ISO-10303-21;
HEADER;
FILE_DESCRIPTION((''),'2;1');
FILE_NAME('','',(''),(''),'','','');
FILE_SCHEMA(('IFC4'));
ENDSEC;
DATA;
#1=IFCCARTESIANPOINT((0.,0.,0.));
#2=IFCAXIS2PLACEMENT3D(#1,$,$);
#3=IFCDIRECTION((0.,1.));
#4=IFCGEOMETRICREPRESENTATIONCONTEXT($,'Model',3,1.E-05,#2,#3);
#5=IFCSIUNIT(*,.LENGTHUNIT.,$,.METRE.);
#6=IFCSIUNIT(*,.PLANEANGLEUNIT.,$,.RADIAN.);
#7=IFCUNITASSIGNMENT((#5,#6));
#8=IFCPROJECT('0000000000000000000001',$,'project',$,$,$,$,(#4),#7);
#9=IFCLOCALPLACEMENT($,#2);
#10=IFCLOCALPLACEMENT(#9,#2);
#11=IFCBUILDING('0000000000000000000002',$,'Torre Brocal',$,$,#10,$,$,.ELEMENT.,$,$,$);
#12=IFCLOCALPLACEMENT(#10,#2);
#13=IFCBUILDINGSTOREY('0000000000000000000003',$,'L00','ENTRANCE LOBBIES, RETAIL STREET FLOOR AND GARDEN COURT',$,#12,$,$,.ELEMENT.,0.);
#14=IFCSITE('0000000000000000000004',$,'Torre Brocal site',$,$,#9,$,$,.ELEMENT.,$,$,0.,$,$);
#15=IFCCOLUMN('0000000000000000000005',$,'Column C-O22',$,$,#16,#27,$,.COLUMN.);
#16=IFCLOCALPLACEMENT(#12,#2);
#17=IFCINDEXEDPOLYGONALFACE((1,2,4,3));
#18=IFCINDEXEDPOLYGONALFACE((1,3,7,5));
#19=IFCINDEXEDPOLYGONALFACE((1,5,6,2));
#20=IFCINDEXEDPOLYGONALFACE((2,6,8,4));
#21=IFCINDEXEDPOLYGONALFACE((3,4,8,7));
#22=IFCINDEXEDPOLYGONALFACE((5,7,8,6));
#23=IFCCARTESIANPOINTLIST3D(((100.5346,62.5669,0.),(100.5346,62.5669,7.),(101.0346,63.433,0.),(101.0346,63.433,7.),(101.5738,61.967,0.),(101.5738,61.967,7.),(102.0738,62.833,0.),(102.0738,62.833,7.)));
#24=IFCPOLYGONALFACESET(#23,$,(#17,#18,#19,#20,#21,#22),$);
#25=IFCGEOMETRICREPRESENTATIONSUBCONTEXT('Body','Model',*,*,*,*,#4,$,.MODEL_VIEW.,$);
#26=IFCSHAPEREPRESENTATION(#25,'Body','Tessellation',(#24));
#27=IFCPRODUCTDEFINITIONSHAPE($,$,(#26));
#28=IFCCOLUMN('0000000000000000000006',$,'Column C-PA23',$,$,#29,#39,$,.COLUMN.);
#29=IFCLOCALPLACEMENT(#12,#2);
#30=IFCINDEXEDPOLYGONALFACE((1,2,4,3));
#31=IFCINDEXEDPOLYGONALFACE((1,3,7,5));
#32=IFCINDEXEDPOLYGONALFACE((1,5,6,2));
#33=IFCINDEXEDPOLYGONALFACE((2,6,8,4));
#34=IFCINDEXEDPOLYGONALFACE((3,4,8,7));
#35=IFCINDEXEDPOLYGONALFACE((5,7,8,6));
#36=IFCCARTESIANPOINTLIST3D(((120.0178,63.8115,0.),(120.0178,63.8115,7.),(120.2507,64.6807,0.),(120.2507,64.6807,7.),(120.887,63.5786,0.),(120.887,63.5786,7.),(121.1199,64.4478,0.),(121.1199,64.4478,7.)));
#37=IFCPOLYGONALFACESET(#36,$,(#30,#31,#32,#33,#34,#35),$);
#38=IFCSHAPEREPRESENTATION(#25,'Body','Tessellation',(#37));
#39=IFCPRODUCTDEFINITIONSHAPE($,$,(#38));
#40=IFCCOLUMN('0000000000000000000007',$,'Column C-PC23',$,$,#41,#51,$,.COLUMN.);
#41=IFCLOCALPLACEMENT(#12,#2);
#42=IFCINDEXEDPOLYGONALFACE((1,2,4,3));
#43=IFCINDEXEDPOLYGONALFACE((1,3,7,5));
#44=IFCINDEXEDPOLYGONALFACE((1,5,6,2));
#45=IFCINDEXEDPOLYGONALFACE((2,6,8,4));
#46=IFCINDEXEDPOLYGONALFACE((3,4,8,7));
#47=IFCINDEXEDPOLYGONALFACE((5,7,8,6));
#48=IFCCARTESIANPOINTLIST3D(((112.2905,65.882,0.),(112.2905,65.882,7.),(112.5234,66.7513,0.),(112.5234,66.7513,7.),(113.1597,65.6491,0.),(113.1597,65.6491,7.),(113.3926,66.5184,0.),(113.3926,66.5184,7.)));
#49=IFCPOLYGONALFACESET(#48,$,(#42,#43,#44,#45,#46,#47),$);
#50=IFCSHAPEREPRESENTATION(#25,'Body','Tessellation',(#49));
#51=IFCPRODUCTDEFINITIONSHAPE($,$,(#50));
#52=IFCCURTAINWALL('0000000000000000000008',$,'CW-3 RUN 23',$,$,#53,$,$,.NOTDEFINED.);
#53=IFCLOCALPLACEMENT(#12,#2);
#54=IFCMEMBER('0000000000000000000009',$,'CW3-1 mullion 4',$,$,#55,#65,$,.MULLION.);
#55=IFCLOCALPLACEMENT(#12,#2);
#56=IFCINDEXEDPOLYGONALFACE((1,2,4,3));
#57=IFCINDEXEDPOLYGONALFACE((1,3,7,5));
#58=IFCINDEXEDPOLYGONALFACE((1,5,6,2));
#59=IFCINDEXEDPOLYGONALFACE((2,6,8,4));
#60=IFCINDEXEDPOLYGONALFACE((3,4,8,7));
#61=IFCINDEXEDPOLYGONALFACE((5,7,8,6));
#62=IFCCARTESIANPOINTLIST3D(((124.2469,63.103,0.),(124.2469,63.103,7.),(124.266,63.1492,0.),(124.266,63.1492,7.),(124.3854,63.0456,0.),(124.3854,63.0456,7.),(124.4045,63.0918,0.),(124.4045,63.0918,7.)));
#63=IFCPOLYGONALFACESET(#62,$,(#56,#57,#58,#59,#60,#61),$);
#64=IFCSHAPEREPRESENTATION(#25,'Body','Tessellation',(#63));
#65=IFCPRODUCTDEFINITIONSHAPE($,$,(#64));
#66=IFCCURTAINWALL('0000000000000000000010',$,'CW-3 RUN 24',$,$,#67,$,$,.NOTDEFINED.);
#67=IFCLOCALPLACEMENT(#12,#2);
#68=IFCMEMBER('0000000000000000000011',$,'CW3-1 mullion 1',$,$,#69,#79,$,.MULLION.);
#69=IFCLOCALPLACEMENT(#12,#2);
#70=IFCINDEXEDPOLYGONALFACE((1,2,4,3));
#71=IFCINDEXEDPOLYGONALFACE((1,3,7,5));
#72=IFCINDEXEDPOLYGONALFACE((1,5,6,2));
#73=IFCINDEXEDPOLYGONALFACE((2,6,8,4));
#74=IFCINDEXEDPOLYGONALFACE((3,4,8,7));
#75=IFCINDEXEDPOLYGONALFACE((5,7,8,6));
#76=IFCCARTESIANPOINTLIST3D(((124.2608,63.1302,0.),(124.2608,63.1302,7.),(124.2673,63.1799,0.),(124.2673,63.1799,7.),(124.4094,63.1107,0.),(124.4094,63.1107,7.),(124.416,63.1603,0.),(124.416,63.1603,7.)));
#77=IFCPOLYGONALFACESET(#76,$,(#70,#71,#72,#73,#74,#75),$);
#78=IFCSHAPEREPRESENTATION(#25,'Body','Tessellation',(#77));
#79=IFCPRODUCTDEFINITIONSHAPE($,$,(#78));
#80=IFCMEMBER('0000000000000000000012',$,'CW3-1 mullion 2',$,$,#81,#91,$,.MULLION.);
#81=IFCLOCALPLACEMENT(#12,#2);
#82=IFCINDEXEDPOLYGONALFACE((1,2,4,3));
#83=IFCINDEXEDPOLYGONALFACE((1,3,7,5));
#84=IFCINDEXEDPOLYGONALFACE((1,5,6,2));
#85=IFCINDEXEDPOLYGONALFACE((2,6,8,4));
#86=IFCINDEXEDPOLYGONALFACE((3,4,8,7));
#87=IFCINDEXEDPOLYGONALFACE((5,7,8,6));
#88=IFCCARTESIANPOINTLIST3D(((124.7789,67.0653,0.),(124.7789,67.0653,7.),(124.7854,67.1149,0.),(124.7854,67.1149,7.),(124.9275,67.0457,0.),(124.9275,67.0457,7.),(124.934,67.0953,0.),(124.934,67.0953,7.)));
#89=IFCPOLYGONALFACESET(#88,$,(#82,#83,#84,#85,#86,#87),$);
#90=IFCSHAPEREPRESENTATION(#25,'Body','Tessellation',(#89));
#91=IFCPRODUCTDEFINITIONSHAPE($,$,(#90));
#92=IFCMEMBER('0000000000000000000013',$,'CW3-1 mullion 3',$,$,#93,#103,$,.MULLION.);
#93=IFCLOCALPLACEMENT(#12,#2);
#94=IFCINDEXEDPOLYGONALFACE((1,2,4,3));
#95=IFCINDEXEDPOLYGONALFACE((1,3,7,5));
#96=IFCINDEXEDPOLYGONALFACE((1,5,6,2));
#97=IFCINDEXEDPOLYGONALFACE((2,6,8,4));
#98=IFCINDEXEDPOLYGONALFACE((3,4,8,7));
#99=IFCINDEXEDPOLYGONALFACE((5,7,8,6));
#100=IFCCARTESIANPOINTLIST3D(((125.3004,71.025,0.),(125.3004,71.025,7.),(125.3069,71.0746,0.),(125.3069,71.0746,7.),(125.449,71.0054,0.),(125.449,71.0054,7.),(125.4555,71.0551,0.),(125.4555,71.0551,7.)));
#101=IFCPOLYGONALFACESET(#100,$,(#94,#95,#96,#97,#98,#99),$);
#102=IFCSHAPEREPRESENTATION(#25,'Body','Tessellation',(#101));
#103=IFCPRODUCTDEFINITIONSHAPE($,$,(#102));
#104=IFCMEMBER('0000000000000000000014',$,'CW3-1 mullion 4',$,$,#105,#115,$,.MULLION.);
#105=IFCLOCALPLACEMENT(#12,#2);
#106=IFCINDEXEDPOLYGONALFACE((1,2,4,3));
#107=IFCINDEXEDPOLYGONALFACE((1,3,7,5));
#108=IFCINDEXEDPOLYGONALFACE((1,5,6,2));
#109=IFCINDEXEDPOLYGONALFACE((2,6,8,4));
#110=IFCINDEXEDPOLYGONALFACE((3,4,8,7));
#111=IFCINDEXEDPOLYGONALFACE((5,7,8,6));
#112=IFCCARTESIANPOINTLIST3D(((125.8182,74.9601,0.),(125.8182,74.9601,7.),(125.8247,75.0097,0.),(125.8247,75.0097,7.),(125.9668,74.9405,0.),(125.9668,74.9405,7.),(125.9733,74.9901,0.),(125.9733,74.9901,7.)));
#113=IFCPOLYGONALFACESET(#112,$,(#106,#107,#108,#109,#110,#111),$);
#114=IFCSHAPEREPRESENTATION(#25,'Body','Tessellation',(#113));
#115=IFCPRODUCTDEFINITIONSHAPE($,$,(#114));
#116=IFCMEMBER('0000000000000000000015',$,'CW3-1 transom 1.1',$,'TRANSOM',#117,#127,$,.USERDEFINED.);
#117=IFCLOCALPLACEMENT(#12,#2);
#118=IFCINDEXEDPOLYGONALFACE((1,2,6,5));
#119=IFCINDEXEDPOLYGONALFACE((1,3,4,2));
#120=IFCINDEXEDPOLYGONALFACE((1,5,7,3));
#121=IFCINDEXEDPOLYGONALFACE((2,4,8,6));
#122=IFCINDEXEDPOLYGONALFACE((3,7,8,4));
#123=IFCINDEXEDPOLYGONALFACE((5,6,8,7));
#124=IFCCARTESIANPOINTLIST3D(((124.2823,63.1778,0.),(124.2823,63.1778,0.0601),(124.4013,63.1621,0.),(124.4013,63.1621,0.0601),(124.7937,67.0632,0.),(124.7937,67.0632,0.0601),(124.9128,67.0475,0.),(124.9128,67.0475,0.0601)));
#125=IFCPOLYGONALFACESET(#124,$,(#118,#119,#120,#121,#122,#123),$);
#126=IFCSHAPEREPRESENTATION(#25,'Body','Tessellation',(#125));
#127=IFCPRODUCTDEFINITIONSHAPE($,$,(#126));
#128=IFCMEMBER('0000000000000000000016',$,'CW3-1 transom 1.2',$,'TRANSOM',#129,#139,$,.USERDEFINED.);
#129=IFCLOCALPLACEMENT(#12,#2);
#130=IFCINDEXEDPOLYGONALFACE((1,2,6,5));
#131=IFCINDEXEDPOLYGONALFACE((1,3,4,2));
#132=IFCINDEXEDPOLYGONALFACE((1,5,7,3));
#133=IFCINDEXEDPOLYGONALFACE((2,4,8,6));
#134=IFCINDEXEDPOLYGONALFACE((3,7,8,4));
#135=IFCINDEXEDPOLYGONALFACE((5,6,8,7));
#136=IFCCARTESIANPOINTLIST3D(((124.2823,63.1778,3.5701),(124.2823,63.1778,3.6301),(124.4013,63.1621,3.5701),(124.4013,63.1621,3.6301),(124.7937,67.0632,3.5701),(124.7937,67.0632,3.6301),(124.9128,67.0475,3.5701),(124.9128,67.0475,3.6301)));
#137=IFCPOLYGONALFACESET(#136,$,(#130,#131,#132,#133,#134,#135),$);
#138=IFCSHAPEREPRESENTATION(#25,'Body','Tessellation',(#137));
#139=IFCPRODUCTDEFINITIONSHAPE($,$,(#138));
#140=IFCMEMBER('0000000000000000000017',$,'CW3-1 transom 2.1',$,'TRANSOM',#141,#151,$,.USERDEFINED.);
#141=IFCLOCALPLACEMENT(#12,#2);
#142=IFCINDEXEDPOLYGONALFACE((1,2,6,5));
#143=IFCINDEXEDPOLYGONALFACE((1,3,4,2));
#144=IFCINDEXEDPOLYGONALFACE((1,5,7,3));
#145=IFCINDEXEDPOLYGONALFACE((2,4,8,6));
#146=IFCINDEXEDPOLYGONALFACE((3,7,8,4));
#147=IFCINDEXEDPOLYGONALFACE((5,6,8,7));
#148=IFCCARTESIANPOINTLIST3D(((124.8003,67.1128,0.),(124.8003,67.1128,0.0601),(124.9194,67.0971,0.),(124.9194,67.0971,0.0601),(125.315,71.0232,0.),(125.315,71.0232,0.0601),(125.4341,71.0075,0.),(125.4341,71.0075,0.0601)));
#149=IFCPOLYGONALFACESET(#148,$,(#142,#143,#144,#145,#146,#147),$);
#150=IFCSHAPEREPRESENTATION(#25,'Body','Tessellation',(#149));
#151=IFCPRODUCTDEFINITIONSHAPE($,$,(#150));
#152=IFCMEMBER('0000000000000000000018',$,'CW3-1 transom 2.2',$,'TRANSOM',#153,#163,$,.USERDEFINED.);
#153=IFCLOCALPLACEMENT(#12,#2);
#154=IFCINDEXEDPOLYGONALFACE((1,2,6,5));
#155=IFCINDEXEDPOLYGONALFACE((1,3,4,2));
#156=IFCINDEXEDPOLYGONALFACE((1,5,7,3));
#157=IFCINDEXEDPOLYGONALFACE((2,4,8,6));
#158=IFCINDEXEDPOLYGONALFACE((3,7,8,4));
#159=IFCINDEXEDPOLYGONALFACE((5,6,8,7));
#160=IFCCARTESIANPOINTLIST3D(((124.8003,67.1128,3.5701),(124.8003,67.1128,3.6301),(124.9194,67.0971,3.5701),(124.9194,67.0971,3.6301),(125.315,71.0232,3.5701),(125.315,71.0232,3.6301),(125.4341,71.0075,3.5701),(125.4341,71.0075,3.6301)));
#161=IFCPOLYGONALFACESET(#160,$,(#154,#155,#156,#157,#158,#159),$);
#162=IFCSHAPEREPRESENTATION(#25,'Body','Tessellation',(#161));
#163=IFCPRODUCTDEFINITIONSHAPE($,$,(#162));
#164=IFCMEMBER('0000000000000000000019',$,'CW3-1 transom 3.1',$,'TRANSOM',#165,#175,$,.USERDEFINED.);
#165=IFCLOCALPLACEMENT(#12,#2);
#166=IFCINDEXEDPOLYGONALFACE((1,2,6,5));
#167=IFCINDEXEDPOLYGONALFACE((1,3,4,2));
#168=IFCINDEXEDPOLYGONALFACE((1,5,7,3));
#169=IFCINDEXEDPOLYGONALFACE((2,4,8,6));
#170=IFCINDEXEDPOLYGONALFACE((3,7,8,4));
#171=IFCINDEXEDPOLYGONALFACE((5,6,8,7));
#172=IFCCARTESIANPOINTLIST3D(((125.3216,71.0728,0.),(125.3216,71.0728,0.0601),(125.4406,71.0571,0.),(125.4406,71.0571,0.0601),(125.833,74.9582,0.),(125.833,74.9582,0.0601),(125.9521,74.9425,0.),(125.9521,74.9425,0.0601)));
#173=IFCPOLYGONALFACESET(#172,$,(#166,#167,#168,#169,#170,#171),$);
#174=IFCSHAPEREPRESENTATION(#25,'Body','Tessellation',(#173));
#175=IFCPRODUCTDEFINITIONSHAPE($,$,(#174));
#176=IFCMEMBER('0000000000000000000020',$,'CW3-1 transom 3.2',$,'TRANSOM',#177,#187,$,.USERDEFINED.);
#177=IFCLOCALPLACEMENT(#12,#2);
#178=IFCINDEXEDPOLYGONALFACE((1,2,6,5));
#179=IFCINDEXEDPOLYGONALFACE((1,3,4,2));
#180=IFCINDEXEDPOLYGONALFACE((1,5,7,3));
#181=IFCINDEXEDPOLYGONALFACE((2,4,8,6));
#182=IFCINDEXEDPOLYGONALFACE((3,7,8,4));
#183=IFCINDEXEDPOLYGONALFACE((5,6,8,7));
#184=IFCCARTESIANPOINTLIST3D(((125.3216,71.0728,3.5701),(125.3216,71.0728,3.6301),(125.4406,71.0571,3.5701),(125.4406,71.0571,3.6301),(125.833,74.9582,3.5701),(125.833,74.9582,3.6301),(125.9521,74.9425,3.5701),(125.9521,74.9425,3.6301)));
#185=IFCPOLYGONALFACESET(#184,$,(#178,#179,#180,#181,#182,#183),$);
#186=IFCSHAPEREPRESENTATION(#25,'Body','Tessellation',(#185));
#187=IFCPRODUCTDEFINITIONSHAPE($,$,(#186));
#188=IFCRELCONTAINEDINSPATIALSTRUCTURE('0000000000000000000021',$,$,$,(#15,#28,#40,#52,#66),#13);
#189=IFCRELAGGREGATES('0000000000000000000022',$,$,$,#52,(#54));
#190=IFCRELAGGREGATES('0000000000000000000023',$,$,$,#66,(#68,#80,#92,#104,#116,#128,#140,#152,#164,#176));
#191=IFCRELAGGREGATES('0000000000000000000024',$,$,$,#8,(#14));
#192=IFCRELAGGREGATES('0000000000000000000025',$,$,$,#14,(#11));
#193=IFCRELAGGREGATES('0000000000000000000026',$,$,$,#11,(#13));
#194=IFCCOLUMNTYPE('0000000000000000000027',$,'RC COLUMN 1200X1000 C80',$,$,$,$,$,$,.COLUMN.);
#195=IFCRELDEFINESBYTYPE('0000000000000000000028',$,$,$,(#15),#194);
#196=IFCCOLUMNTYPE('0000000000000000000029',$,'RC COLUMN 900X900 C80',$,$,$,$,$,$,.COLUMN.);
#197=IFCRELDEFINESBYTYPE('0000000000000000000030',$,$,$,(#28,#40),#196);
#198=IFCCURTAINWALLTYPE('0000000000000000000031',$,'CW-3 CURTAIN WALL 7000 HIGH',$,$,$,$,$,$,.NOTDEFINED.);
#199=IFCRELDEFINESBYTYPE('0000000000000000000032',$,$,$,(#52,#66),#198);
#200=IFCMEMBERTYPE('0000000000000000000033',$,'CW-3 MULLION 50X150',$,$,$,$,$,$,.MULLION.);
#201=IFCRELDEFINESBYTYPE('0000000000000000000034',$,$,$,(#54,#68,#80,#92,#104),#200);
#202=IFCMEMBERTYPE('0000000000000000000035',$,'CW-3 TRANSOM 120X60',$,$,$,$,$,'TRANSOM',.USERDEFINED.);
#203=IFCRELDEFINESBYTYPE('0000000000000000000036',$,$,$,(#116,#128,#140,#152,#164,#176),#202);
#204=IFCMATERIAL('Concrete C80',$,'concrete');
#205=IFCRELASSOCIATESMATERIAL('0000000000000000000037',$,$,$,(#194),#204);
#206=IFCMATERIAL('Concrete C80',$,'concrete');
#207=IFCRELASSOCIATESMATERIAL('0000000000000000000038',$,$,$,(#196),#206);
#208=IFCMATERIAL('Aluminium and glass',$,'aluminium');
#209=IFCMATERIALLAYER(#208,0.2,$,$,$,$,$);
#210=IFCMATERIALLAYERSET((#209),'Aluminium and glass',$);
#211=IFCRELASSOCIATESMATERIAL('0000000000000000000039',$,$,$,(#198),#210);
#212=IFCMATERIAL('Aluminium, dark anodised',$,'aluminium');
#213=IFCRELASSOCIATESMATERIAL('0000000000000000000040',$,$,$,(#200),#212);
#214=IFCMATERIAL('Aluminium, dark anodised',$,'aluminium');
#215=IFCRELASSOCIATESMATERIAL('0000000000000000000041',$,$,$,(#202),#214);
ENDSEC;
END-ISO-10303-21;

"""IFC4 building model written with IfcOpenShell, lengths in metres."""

from ifc_helpers import new_model, si_unit, direction, frame, origin, origin_2d, place, context, subcontext, project, spatial, rectangle, extrude, material, layer, layer_set, material_profile, profile_set, type_object, element, aggregate, save


model = new_model("IFC4")

# Units and contexts
model_context = context("Model", 3, precision=1e-05, world=origin(), true_north=direction((0.0, 1.0)))
body_context = subcontext(model_context, "Body", "Model", "MODEL_VIEW")
ifc_project = project(units=[si_unit("LENGTHUNIT", "METRE"), si_unit("PLANEANGLEUNIT", "RADIAN")], contexts=[model_context])

# Site, building, storey
site_placement = place(None, origin())
site = spatial("IfcSite", under=ifc_project, at=site_placement, Name="Torre Brocal site", CompositionType="ELEMENT", RefElevation=0.0)
building_placement = place(site_placement, origin())
building = spatial("IfcBuilding", under=site, at=building_placement, Name="Torre Brocal", CompositionType="ELEMENT")
storey_placement = place(building_placement, origin())
storey = spatial("IfcBuildingStorey", under=building, at=storey_placement, Name="L00", Description="ENTRANCE LOBBIES, RETAIL STREET FLOOR AND GARDEN COURT", CompositionType="ELEMENT", Elevation=0.0)

# Columns
ifc_material_1 = material(Name="Concrete C80", Category="concrete")
ifc_material_profile_1 = material_profile(ifc_material_1, rectangle(XDim=1.2, YDim=1.0, at=origin_2d()), Name="RC 1200X1000")
ifc_profile_set_1 = profile_set([ifc_material_profile_1], Name="Concrete C80")
column_type_1 = type_object("IfcColumnType", Name="RC COLUMN 1200X1000 C80", PredefinedType="COLUMN", material=ifc_profile_set_1)
column_placement = place(storey_placement, frame((101.3042, 62.7, 0.0), z_axis=(0.0, 0.0, 1.0), x_axis=(0.866025, -0.5, 0.0)))
element("IfcColumn", 1, at=column_placement, inside=storey, type_object=column_type_1, Name="Column C-O22", PredefinedType="COLUMN", context=body_context, shape_type="SweptSolid", body=[
    extrude(rectangle(XDim=1.2, YDim=1.0, at=origin_2d()), origin(), (0.0, 0.0, 1.0), 7.0),
])
ifc_material_2 = material(Name="Concrete C80", Category="concrete")
ifc_material_profile_2 = material_profile(ifc_material_2, rectangle(XDim=0.8999, YDim=0.8999, at=origin_2d()), Name="RC 900X900")
ifc_profile_set_2 = profile_set([ifc_material_profile_2], Name="Concrete C80")
column_type_2 = type_object("IfcColumnType", Name="RC COLUMN 900X900 C80", PredefinedType="COLUMN", material=ifc_profile_set_2)
for number, where, z_axis, x_axis, name in (
    (2, (120.5688, 64.1296, 0.0), (0.0, 0.0, 1.0), (0.965926, -0.258819, 0.0), "Column C-PA23"),
    (3, (112.8416, 66.2002, 0.0), (0.0, 0.0, 1.0), (0.965926, -0.258819, 0.0), "Column C-PC23"),
):
    element("IfcColumn", number, at=place(storey_placement, frame(where, z_axis=z_axis, x_axis=x_axis)), inside=storey, type_object=column_type_2, Name=name, PredefinedType="COLUMN", context=body_context, shape_type="SweptSolid", body=[
        extrude(rectangle(XDim=0.8999, YDim=0.8999, at=origin_2d()), origin(), (0.0, 0.0, 1.0), 7.0),
    ])

# Curtain wall, member
ifc_material_3 = material(Name="Aluminium and glass", Category="aluminium")
ifc_layer_1 = layer(ifc_material_3, 0.2)
ifc_layer_set_1 = layer_set([ifc_layer_1], Name="Aluminium and glass")
curtain_wall_type = type_object("IfcCurtainWallType", Name="CW-3 CURTAIN WALL 7000 HIGH", PredefinedType="NOTDEFINED", material=ifc_layer_set_1)
curtain_wall_1_placement = place(storey_placement, origin())
curtain_wall_1 = element("IfcCurtainWall", 4, at=curtain_wall_1_placement, inside=storey, type_object=curtain_wall_type, Name="CW-3 RUN 23", PredefinedType="NOTDEFINED")
ifc_material_4 = material(Name="Aluminium, dark anodised", Category="aluminium")
ifc_material_profile_3 = material_profile(ifc_material_4, rectangle(XDim=0.1499, YDim=0.05, at=origin_2d()), Name="CW-3 MULLION 50X150")
ifc_profile_set_3 = profile_set([ifc_material_profile_3], Name="Aluminium, dark anodised")
member_type_1 = type_object("IfcMemberType", Name="CW-3 MULLION 50X150", PredefinedType="MULLION", material=ifc_profile_set_3)
member_1_placement = place(storey_placement, frame((124.3257, 63.0974, 0.0), z_axis=(0.0, 0.0, 1.0), x_axis=(-0.92388, 0.382683, 0.0)))
member_1 = element("IfcMember", 5, at=member_1_placement, type_object=member_type_1, Name="CW3-1 mullion 4", PredefinedType="MULLION", context=body_context, shape_type="SweptSolid", body=[
    extrude(rectangle(XDim=0.1499, YDim=0.05, at=origin_2d()), origin(), (0.0, 0.0, 1.0), 7.0),
])
aggregate(curtain_wall_1, [member_1])

# Curtain wall, members
curtain_wall_2_placement = place(storey_placement, origin())
curtain_wall_2 = element("IfcCurtainWall", 6, at=curtain_wall_2_placement, inside=storey, type_object=curtain_wall_type, Name="CW-3 RUN 24", PredefinedType="NOTDEFINED")
member_2_placement = place(storey_placement, frame((124.3384, 63.1453, 0.0), z_axis=(0.0, 0.0, 1.0), x_axis=(-0.991445, 0.130526, 0.0)))
member_2 = element("IfcMember", 7, at=member_2_placement, type_object=member_type_1, Name="CW3-1 mullion 1", PredefinedType="MULLION", context=body_context, shape_type="SweptSolid", body=[
    extrude(rectangle(XDim=0.1499, YDim=0.05, at=origin_2d()), origin(), (0.0, 0.0, 1.0), 7.0),
])
member_3_placement = place(storey_placement, frame((124.8564, 67.0803, 0.0), z_axis=(0.0, 0.0, 1.0), x_axis=(-0.991445, 0.130526, 0.0)))
member_3 = element("IfcMember", 8, at=member_3_placement, type_object=member_type_1, Name="CW3-1 mullion 2", PredefinedType="MULLION", context=body_context, shape_type="SweptSolid", body=[
    extrude(rectangle(XDim=0.1499, YDim=0.05, at=origin_2d()), origin(), (0.0, 0.0, 1.0), 7.0),
])
member_4_placement = place(storey_placement, frame((125.3779, 71.04, 0.0), z_axis=(0.0, 0.0, 1.0), x_axis=(-0.991445, 0.130526, 0.0)))
member_4 = element("IfcMember", 9, at=member_4_placement, type_object=member_type_1, Name="CW3-1 mullion 3", PredefinedType="MULLION", context=body_context, shape_type="SweptSolid", body=[
    extrude(rectangle(XDim=0.1499, YDim=0.05, at=origin_2d()), origin(), (0.0, 0.0, 1.0), 7.0),
])
member_5_placement = place(storey_placement, frame((125.8958, 74.9751, 0.0), z_axis=(0.0, 0.0, 1.0), x_axis=(-0.991445, 0.130526, 0.0)))
member_5 = element("IfcMember", 10, at=member_5_placement, type_object=member_type_1, Name="CW3-1 mullion 4", PredefinedType="MULLION", context=body_context, shape_type="SweptSolid", body=[
    extrude(rectangle(XDim=0.1499, YDim=0.05, at=origin_2d()), origin(), (0.0, 0.0, 1.0), 7.0),
])
ifc_material_5 = material(Name="Aluminium, dark anodised", Category="aluminium")
ifc_material_profile_4 = material_profile(ifc_material_5, rectangle(XDim=0.1201, YDim=0.0601, at=origin_2d()), Name="CW-3 TRANSOM 120X60")
ifc_profile_set_4 = profile_set([ifc_material_profile_4], Name="Aluminium, dark anodised")
member_type_2 = type_object("IfcMemberType", Name="CW-3 TRANSOM 120X60", ElementType="TRANSOM", PredefinedType="USERDEFINED", material=ifc_profile_set_4)
member_6_placement = place(storey_placement, frame((124.3418, 63.1699, 0.03), z_axis=(0.130511, 0.991447, 0.0), x_axis=(-0.991447, 0.130511, 0.0)))
member_6 = element("IfcMember", 11, at=member_6_placement, type_object=member_type_2, Name="CW3-1 transom 1.1", ObjectType="TRANSOM", PredefinedType="USERDEFINED", context=body_context, shape_type="SweptSolid", body=[
    extrude(rectangle(XDim=0.1201, YDim=0.0601, at=origin_2d()), origin(), (0.0, 0.0, 1.0), 3.9189),
])
member_7_placement = place(storey_placement, frame((124.3418, 63.1699, 3.6001), z_axis=(0.130511, 0.991447, 0.0), x_axis=(-0.991447, 0.130511, 0.0)))
member_7 = element("IfcMember", 12, at=member_7_placement, type_object=member_type_2, Name="CW3-1 transom 1.2", ObjectType="TRANSOM", PredefinedType="USERDEFINED", context=body_context, shape_type="SweptSolid", body=[
    extrude(rectangle(XDim=0.1201, YDim=0.0601, at=origin_2d()), origin(), (0.0, 0.0, 1.0), 3.9189),
])
member_8_placement = place(storey_placement, frame((124.8599, 67.105, 0.03), z_axis=(0.130485, 0.99145, 0.0), x_axis=(-0.99145, 0.130485, 0.0)))
member_8 = element("IfcMember", 13, at=member_8_placement, type_object=member_type_2, Name="CW3-1 transom 2.1", ObjectType="TRANSOM", PredefinedType="USERDEFINED", context=body_context, shape_type="SweptSolid", body=[
    extrude(rectangle(XDim=0.1201, YDim=0.0601, at=origin_2d()), origin(), (0.0, 0.0, 1.0), 3.9441),
])
member_9_placement = place(storey_placement, frame((124.8599, 67.105, 3.6001), z_axis=(0.130485, 0.99145, 0.0), x_axis=(-0.99145, 0.130485, 0.0)))
member_9 = element("IfcMember", 14, at=member_9_placement, type_object=member_type_2, Name="CW3-1 transom 2.2", ObjectType="TRANSOM", PredefinedType="USERDEFINED", context=body_context, shape_type="SweptSolid", body=[
    extrude(rectangle(XDim=0.1201, YDim=0.0601, at=origin_2d()), origin(), (0.0, 0.0, 1.0), 3.9441),
])
member_10_placement = place(storey_placement, frame((125.3811, 71.0649, 0.03), z_axis=(0.130511, 0.991447, 0.0), x_axis=(-0.991447, 0.130511, 0.0)))
member_10 = element("IfcMember", 15, at=member_10_placement, type_object=member_type_2, Name="CW3-1 transom 3.1", ObjectType="TRANSOM", PredefinedType="USERDEFINED", context=body_context, shape_type="SweptSolid", body=[
    extrude(rectangle(XDim=0.1201, YDim=0.0601, at=origin_2d()), origin(), (0.0, 0.0, 1.0), 3.9189),
])
member_11_placement = place(storey_placement, frame((125.3811, 71.0649, 3.6001), z_axis=(0.130511, 0.991447, 0.0), x_axis=(-0.991447, 0.130511, 0.0)))
member_11 = element("IfcMember", 16, at=member_11_placement, type_object=member_type_2, Name="CW3-1 transom 3.2", ObjectType="TRANSOM", PredefinedType="USERDEFINED", context=body_context, shape_type="SweptSolid", body=[
    extrude(rectangle(XDim=0.1201, YDim=0.0601, at=origin_2d()), origin(), (0.0, 0.0, 1.0), 3.9189),
])

aggregate(curtain_wall_2, [member_2, member_3, member_4, member_5, member_6, member_7, member_8, member_9, member_10, member_11])

save(model, "model.ifc")
